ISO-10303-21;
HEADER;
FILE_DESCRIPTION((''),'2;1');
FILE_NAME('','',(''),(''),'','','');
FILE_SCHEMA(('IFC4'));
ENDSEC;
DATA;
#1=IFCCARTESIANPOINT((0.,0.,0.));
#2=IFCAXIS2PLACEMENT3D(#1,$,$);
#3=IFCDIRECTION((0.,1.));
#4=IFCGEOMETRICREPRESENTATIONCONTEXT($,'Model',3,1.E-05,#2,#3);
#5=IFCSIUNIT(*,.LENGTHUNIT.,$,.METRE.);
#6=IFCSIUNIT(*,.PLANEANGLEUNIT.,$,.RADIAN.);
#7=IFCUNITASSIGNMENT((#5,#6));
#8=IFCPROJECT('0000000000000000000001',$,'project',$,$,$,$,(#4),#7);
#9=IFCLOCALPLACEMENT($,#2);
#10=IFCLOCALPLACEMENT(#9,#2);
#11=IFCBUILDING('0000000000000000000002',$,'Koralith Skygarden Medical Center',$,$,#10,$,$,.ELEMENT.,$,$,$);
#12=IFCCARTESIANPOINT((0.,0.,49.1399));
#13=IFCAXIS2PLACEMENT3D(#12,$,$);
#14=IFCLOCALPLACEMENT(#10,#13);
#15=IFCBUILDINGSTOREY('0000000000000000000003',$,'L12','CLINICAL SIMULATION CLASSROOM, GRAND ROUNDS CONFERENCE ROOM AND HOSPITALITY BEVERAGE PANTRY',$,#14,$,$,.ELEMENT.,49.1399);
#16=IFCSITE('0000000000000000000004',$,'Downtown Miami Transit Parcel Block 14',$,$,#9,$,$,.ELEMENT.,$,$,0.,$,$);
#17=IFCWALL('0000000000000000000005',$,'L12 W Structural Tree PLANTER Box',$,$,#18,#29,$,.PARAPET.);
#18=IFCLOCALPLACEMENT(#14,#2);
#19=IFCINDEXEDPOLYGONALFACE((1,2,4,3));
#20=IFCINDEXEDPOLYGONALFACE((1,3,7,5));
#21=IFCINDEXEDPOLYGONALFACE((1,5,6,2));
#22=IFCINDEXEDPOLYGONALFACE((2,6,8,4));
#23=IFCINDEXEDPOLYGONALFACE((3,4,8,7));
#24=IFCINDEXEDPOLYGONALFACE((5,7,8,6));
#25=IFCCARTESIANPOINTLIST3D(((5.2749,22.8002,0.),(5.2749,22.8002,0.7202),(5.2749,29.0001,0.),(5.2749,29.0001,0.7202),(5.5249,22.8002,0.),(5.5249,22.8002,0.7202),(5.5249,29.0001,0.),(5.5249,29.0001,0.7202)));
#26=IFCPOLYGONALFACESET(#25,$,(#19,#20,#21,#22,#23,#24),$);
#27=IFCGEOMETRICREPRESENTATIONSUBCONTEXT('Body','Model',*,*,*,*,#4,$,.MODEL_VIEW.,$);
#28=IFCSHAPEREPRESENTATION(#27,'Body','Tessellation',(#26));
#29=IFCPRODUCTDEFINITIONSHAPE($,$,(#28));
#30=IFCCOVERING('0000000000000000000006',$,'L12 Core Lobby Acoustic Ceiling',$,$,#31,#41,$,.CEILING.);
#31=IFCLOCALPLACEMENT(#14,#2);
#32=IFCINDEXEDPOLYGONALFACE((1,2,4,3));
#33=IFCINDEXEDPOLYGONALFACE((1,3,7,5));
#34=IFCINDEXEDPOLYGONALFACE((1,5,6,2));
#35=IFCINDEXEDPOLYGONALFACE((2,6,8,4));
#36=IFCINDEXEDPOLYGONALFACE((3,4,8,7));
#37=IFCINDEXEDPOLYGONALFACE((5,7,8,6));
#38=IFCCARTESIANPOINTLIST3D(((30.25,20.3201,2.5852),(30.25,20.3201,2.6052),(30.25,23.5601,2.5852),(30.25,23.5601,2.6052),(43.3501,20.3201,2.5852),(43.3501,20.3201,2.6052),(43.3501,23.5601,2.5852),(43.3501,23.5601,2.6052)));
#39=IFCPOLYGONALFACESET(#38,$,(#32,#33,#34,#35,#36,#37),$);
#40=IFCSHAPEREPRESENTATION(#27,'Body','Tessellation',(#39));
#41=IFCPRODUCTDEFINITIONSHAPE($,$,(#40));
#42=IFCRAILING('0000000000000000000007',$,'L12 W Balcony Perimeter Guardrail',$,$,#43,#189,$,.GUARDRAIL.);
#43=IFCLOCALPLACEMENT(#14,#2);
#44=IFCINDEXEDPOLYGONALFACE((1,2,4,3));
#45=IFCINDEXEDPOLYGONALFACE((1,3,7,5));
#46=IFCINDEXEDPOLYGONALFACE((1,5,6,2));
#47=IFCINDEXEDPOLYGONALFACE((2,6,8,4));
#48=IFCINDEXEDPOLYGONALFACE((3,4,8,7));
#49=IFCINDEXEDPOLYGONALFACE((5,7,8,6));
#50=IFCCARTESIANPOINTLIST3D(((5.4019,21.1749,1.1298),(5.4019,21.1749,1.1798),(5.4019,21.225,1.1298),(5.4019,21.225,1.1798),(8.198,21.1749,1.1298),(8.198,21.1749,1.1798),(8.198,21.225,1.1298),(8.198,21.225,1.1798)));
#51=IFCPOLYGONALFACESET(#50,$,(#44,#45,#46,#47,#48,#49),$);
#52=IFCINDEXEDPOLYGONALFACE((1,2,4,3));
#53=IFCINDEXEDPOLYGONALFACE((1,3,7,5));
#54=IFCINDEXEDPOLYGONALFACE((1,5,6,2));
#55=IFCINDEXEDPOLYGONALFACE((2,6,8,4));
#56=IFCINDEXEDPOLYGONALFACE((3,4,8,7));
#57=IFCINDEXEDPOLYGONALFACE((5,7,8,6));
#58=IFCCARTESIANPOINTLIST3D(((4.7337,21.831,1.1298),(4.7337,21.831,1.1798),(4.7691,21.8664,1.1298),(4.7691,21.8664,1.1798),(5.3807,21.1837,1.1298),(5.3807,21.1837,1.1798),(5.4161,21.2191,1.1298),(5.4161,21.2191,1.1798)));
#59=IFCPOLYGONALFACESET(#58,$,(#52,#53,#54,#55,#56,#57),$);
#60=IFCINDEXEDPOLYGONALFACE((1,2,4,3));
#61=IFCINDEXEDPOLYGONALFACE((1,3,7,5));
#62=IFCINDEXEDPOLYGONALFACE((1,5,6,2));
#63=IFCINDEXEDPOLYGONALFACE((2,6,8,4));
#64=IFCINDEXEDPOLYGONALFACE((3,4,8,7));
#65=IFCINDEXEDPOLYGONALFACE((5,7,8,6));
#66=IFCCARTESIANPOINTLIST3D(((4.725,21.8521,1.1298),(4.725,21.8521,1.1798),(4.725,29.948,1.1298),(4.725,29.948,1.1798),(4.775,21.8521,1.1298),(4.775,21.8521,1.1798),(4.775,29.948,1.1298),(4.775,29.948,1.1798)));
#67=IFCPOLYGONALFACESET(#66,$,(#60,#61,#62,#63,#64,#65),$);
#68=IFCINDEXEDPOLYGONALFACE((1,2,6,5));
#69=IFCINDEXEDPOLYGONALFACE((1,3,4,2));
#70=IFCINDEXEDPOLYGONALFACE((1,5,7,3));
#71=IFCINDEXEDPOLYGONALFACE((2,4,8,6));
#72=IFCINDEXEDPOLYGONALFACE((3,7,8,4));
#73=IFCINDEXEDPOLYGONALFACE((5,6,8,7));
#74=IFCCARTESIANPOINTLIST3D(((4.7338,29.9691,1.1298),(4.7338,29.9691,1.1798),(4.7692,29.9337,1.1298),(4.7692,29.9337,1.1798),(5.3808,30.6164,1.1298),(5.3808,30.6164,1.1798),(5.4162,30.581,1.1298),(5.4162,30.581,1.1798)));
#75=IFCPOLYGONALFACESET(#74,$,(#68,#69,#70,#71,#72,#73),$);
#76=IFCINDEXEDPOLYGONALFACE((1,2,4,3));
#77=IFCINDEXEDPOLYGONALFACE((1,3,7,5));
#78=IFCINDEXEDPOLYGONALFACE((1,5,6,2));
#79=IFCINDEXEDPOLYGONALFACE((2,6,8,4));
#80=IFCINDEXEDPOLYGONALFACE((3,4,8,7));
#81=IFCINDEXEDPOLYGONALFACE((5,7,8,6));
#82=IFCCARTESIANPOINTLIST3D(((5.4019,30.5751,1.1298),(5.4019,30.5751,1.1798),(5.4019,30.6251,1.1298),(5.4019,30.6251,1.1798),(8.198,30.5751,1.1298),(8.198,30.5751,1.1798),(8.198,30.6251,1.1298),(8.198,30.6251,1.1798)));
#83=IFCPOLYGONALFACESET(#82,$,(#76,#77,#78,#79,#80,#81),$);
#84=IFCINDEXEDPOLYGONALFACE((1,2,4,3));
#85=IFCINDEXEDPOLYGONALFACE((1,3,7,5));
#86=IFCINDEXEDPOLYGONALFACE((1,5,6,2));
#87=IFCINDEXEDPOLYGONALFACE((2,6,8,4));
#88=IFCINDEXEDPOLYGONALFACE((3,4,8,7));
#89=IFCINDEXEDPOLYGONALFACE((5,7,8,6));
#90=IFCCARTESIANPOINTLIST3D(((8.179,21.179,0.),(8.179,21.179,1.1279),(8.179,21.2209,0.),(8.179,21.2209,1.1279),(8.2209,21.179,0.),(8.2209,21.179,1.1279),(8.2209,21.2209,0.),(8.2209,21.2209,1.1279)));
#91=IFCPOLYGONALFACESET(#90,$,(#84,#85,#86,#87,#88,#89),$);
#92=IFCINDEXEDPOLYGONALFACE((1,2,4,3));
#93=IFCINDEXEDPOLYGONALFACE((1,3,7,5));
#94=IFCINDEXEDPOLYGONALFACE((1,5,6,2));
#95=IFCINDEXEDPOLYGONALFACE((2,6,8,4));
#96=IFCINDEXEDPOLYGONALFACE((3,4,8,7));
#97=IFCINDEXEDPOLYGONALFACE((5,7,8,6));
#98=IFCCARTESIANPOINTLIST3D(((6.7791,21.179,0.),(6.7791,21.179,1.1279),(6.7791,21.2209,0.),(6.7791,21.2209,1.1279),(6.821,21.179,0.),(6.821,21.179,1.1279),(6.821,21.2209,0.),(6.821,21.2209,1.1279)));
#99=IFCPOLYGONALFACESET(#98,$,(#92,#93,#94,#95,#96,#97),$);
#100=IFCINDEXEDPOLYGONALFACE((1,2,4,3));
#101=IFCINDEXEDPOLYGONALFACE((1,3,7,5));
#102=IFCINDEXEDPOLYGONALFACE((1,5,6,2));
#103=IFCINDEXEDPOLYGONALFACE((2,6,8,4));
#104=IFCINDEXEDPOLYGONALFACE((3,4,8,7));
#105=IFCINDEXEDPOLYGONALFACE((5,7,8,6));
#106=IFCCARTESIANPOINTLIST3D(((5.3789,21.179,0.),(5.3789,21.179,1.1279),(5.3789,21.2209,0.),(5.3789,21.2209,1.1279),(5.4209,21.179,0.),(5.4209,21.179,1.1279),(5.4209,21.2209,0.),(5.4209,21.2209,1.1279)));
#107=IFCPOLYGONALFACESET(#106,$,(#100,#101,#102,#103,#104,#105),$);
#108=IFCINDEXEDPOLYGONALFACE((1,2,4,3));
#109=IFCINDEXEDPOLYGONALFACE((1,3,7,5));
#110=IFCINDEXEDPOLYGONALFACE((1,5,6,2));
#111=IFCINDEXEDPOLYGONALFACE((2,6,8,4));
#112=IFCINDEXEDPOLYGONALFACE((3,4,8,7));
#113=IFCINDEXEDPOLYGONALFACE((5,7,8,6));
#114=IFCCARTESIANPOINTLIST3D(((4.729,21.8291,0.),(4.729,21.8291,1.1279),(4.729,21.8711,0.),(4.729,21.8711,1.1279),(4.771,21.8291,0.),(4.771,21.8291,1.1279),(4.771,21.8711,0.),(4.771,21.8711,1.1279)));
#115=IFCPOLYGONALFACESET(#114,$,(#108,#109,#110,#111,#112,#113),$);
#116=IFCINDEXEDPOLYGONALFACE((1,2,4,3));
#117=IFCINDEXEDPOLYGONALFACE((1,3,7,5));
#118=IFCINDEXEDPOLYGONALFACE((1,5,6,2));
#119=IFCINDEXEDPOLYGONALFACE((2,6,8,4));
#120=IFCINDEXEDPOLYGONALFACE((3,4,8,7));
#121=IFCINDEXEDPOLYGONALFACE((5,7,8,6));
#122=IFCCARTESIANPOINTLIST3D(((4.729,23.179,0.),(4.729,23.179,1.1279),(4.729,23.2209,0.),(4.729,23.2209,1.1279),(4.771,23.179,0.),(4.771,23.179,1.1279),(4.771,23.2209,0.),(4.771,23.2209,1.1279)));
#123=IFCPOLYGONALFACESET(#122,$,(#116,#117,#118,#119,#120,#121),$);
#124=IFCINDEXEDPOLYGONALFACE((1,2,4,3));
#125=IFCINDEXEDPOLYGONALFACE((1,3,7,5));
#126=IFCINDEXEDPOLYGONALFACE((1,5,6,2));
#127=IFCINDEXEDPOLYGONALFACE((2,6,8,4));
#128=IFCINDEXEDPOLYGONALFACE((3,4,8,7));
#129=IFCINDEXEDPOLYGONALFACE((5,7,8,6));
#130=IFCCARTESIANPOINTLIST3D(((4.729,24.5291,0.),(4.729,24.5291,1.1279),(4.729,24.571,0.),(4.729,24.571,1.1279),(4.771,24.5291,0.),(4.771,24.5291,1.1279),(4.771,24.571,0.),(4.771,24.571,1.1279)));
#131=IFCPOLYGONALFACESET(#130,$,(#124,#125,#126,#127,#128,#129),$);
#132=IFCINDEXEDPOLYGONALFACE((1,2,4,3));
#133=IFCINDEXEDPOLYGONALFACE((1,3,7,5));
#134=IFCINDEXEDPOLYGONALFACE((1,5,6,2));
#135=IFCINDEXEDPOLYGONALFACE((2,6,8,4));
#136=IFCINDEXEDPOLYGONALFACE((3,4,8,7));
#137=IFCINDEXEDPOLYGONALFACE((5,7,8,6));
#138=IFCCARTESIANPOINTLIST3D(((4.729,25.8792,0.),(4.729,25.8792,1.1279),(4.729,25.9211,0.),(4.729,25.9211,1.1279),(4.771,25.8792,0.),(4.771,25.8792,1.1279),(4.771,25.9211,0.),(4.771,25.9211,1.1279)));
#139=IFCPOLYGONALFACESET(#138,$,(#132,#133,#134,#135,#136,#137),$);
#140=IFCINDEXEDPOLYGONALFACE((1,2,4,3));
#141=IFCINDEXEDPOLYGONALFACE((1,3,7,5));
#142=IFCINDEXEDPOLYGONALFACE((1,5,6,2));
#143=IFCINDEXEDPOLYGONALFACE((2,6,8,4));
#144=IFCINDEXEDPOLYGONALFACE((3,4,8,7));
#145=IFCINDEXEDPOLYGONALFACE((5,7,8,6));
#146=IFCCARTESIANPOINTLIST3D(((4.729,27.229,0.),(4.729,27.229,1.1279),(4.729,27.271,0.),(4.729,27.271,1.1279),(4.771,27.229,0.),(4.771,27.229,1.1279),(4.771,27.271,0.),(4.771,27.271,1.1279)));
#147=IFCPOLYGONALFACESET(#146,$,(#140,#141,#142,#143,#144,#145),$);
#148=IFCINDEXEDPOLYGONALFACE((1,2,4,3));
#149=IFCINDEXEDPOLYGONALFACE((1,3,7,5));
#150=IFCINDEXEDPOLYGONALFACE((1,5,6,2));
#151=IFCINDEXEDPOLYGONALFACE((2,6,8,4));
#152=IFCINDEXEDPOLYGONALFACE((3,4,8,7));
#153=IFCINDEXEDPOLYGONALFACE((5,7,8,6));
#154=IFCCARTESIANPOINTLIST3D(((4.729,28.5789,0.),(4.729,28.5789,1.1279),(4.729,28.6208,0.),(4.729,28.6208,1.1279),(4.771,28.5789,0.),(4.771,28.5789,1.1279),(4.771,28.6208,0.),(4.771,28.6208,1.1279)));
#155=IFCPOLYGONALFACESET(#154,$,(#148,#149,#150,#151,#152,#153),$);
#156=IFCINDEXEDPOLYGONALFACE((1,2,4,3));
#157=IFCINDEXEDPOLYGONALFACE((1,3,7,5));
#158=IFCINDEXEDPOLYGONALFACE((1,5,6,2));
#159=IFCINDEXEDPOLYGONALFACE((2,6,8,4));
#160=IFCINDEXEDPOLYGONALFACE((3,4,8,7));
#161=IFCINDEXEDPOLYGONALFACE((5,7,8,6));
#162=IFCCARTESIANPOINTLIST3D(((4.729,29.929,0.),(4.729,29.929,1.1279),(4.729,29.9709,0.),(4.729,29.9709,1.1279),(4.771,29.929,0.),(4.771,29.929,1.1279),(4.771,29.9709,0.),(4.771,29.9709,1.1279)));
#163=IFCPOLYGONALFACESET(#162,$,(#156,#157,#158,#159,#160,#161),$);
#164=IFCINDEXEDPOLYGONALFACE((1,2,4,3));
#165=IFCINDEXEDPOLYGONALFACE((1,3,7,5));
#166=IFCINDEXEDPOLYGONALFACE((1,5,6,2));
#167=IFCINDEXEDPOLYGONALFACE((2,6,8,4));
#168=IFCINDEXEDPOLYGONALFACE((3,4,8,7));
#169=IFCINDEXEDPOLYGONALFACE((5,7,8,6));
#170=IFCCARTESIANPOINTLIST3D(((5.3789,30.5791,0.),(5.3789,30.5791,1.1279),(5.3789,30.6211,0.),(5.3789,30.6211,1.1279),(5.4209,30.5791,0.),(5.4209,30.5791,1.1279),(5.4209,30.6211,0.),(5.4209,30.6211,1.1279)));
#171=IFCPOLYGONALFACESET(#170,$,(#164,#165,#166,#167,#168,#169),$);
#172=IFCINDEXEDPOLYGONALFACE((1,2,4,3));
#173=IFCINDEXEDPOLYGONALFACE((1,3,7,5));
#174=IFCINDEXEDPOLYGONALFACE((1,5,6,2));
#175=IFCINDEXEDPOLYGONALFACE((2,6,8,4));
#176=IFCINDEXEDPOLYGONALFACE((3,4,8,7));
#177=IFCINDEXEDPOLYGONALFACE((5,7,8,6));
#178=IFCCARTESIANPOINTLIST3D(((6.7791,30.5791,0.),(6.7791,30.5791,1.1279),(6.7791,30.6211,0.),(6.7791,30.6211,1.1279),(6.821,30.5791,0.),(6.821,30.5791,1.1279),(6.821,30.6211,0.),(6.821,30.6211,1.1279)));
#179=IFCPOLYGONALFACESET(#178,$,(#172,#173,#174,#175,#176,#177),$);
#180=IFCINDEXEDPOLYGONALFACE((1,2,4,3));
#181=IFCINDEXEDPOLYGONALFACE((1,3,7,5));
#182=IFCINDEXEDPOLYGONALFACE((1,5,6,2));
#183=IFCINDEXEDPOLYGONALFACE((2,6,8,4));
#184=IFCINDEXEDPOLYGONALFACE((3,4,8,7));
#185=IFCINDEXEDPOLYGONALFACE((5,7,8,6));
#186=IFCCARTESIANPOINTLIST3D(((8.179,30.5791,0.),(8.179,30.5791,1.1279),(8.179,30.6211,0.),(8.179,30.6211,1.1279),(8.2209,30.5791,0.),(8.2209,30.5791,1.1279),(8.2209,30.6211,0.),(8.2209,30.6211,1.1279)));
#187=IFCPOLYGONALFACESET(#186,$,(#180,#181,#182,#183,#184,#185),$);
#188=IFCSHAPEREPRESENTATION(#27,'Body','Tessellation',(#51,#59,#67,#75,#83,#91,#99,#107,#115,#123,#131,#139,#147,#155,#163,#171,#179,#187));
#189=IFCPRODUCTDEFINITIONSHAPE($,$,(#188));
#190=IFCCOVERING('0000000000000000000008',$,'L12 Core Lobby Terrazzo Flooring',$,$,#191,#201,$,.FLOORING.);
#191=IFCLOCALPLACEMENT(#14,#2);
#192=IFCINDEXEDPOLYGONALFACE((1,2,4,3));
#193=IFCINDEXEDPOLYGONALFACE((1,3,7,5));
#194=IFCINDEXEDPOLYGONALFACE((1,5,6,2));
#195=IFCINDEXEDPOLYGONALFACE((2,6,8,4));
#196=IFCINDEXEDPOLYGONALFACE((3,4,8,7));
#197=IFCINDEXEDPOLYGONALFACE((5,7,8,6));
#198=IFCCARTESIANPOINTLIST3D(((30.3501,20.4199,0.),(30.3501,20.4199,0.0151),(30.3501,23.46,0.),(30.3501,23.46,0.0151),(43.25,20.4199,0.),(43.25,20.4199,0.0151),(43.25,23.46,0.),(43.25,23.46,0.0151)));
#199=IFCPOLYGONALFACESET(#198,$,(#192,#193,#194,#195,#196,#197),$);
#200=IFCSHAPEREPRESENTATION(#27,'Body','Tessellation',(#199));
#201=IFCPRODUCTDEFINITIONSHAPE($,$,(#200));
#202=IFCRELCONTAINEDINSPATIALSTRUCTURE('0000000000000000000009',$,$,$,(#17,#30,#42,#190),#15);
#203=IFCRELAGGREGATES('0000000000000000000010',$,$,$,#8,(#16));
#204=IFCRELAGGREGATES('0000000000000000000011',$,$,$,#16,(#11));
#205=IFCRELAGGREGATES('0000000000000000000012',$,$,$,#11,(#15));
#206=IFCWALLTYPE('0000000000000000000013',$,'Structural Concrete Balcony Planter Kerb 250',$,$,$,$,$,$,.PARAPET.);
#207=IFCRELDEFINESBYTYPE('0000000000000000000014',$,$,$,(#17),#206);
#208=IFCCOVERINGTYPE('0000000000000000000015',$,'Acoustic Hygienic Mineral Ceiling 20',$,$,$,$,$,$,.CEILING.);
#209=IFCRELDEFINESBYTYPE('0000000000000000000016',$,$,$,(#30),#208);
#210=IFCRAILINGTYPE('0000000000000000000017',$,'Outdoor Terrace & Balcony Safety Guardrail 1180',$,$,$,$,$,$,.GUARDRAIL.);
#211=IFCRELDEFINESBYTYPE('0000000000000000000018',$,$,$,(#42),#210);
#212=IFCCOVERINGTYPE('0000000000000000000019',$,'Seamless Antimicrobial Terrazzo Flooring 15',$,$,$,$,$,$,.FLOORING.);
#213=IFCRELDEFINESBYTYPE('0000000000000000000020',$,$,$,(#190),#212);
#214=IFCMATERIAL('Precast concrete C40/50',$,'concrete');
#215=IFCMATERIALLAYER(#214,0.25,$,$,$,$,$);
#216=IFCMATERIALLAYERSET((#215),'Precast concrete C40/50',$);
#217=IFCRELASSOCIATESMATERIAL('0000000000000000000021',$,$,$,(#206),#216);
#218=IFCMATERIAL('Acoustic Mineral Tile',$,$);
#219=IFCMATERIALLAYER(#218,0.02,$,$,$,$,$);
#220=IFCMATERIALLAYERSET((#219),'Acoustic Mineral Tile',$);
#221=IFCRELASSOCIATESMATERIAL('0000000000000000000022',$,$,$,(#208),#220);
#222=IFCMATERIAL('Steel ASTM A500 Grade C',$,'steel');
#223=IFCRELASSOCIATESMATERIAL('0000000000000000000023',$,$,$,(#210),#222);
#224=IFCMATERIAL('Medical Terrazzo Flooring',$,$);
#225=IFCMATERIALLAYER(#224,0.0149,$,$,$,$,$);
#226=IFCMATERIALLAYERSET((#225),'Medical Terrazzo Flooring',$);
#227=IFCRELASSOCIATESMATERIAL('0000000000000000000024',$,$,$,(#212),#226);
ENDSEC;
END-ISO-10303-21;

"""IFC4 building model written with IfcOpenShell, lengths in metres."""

from ifc_helpers import new_model, si_unit, direction, frame, frame_2d, origin, origin_2d, place, context, subcontext, project, spatial, polyline, rectangle, outline, extrude, material, layer, layer_set, type_object, element, save


model = new_model("IFC4")

# Units and contexts
model_context = context("Model", 3, precision=1e-05, world=origin(), true_north=direction((0.0, 1.0)))
body_context = subcontext(model_context, "Body", "Model", "MODEL_VIEW")
ifc_project = project(units=[si_unit("LENGTHUNIT", "METRE"), si_unit("PLANEANGLEUNIT", "RADIAN")], contexts=[model_context])

# Site, building, storey
site_placement = place(None, origin())
site = spatial("IfcSite", under=ifc_project, at=site_placement, Name="Downtown Miami Transit Parcel Block 14", CompositionType="ELEMENT", RefElevation=0.0)
building_placement = place(site_placement, origin())
building = spatial("IfcBuilding", under=site, at=building_placement, Name="Koralith Skygarden Medical Center", CompositionType="ELEMENT")
storey_placement = place(building_placement, frame((0.0, 0.0, 49.1399)))
storey = spatial("IfcBuildingStorey", under=building, at=storey_placement, Name="L12", Description="CLINICAL SIMULATION CLASSROOM, GRAND ROUNDS CONFERENCE ROOM AND HOSPITALITY BEVERAGE PANTRY", CompositionType="ELEMENT", Elevation=49.1399)

# Wall
ifc_material_1 = material(Name="Precast concrete C40/50", Category="concrete")
ifc_layer_1 = layer(ifc_material_1, 0.25)
ifc_layer_set_1 = layer_set([ifc_layer_1], Name="Precast concrete C40/50")
wall_type_1 = type_object("IfcWallType", Name="Structural Concrete Balcony Planter Kerb 250", PredefinedType="PARAPET", material=ifc_layer_set_1)
wall_1_placement = place(storey_placement, frame((5.3999, 22.8, 0.0), z_axis=(0.0, 0.0, 1.0), x_axis=(0.0, 1.0, 0.0)))
element("IfcWall", 1, at=wall_1_placement, inside=storey, type_object=wall_type_1, Name="L12 W Structural Tree PLANTER Box", PredefinedType="PARAPET", context=body_context, shape_type="SweptSolid", body=[
    extrude(rectangle(XDim=6.2, YDim=0.25, at=frame_2d((3.1001, 0.0))), origin(), (0.0, 0.0, 1.0), 0.7202),
])

# Covering
ifc_material_2 = material(Name="Acoustic Mineral Tile")
ifc_layer_2 = layer(ifc_material_2, 0.02)
ifc_layer_set_2 = layer_set([ifc_layer_2], Name="Acoustic Mineral Tile")
covering_type_1 = type_object("IfcCoveringType", Name="Acoustic Hygienic Mineral Ceiling 20", PredefinedType="CEILING", material=ifc_layer_set_2)
covering_1_placement = place(storey_placement, frame((0.0, 0.0, 2.5852)))
element("IfcCovering", 2, at=covering_1_placement, inside=storey, type_object=covering_type_1, Name="L12 Core Lobby Acoustic Ceiling", PredefinedType="CEILING", context=body_context, shape_type="SweptSolid", body=[
    extrude(outline(polyline([(30.25, 20.3201), (43.3501, 20.3201), (43.3501, 23.5601), (30.25, 23.5601), (30.25, 20.3201)])), origin(), (0.0, 0.0, 1.0), 0.02),
])

# Railing
ifc_material_3 = material(Name="Steel ASTM A500 Grade C", Category="steel")
railing_type = type_object("IfcRailingType", Name="Outdoor Terrace & Balcony Safety Guardrail 1180", PredefinedType="GUARDRAIL", material=ifc_material_3)
railing_placement = place(storey_placement, frame((8.2, 21.2, 0.0)))
element("IfcRailing", 3, at=railing_placement, inside=storey, type_object=railing_type, Name="L12 W Balcony Perimeter Guardrail", PredefinedType="GUARDRAIL", context=body_context, shape_type="SweptSolid", body=[
    extrude(rectangle(XDim=0.05, YDim=0.05, at=origin_2d()), frame((-0.002, 0.0, 1.1548), z_axis=(-1.0, 0.0, 0.0), x_axis=(0.0, -1.0, 0.0)), (0.0, 0.0, 1.0), 2.7961),
    extrude(rectangle(XDim=0.05, YDim=0.05, at=origin_2d()), frame((-2.8015, 0.0015, 1.1548), z_axis=(-0.706974, 0.70724, 0.0), x_axis=(-0.70724, -0.706974, 0.0)), (0.0, 0.0, 1.0), 0.9153),
    extrude(rectangle(XDim=0.05, YDim=0.05, at=origin_2d()), frame((-3.45, 0.6521, 1.1548), z_axis=(0.0, 1.0, 0.0), x_axis=(-1.0, 0.0, 0.0)), (0.0, 0.0, 1.0), 8.0959),
    extrude(rectangle(XDim=0.05, YDim=0.05, at=origin_2d()), frame((-3.4485, 8.7515, 1.1548), z_axis=(0.706974, 0.70724, 0.0), x_axis=(-0.70724, 0.706974, 0.0)), (0.0, 0.0, 1.0), 0.9153),
    extrude(rectangle(XDim=0.05, YDim=0.05, at=origin_2d()), frame((-2.7981, 9.4001, 1.1548), z_axis=(1.0, 0.0, 0.0), x_axis=(0.0, 1.0, 0.0)), (0.0, 0.0, 1.0), 2.7961),
    extrude(rectangle(XDim=0.042, YDim=0.042, at=origin_2d()), origin(), (0.0, 0.0, 1.0), 1.1279),
    extrude(rectangle(XDim=0.042, YDim=0.042, at=origin_2d()), frame((-1.3999, 0.0, 0.0)), (0.0, 0.0, 1.0), 1.1279),
    extrude(rectangle(XDim=0.042, YDim=0.042, at=origin_2d()), frame((-2.8, 0.0, 0.0)), (0.0, 0.0, 1.0), 1.1279),
    extrude(rectangle(XDim=0.042, YDim=0.042, at=origin_2d()), frame((-3.45, 0.6501, 0.0)), (0.0, 0.0, 1.0), 1.1279),
    extrude(rectangle(XDim=0.042, YDim=0.042, at=origin_2d()), frame((-3.45, 2.0, 0.0)), (0.0, 0.0, 1.0), 1.1279),
    extrude(rectangle(XDim=0.042, YDim=0.042, at=origin_2d()), frame((-3.45, 3.3501, 0.0)), (0.0, 0.0, 1.0), 1.1279),
    extrude(rectangle(XDim=0.042, YDim=0.042, at=origin_2d()), frame((-3.45, 4.7002, 0.0)), (0.0, 0.0, 1.0), 1.1279),
    extrude(rectangle(XDim=0.042, YDim=0.042, at=origin_2d()), frame((-3.45, 6.05, 0.0)), (0.0, 0.0, 1.0), 1.1279),
    extrude(rectangle(XDim=0.042, YDim=0.042, at=origin_2d()), frame((-3.45, 7.3999, 0.0)), (0.0, 0.0, 1.0), 1.1279),
    extrude(rectangle(XDim=0.042, YDim=0.042, at=origin_2d()), frame((-3.45, 8.75, 0.0)), (0.0, 0.0, 1.0), 1.1279),
    extrude(rectangle(XDim=0.042, YDim=0.042, at=origin_2d()), frame((-2.8, 9.4001, 0.0)), (0.0, 0.0, 1.0), 1.1279),
    extrude(rectangle(XDim=0.042, YDim=0.042, at=origin_2d()), frame((-1.3999, 9.4001, 0.0)), (0.0, 0.0, 1.0), 1.1279),
    extrude(rectangle(XDim=0.042, YDim=0.042, at=origin_2d()), frame((0.0, 9.4001, 0.0)), (0.0, 0.0, 1.0), 1.1279),
])

# Covering
ifc_material_4 = material(Name="Medical Terrazzo Flooring")
ifc_layer_3 = layer(ifc_material_4, 0.0149)
ifc_layer_set_3 = layer_set([ifc_layer_3], Name="Medical Terrazzo Flooring")
covering_type_2 = type_object("IfcCoveringType", Name="Seamless Antimicrobial Terrazzo Flooring 15", PredefinedType="FLOORING", material=ifc_layer_set_3)
covering_2_placement = place(storey_placement, origin())
element("IfcCovering", 4, at=covering_2_placement, inside=storey, type_object=covering_type_2, Name="L12 Core Lobby Terrazzo Flooring", PredefinedType="FLOORING", context=body_context, shape_type="SweptSolid", body=[
    extrude(outline(polyline([(30.3501, 20.4199), (43.25, 20.4199), (43.25, 23.46), (30.3501, 23.46), (30.3501, 20.4199)])), origin(), (0.0, 0.0, 1.0), 0.0151),
])

save(model, "model.ifc")
